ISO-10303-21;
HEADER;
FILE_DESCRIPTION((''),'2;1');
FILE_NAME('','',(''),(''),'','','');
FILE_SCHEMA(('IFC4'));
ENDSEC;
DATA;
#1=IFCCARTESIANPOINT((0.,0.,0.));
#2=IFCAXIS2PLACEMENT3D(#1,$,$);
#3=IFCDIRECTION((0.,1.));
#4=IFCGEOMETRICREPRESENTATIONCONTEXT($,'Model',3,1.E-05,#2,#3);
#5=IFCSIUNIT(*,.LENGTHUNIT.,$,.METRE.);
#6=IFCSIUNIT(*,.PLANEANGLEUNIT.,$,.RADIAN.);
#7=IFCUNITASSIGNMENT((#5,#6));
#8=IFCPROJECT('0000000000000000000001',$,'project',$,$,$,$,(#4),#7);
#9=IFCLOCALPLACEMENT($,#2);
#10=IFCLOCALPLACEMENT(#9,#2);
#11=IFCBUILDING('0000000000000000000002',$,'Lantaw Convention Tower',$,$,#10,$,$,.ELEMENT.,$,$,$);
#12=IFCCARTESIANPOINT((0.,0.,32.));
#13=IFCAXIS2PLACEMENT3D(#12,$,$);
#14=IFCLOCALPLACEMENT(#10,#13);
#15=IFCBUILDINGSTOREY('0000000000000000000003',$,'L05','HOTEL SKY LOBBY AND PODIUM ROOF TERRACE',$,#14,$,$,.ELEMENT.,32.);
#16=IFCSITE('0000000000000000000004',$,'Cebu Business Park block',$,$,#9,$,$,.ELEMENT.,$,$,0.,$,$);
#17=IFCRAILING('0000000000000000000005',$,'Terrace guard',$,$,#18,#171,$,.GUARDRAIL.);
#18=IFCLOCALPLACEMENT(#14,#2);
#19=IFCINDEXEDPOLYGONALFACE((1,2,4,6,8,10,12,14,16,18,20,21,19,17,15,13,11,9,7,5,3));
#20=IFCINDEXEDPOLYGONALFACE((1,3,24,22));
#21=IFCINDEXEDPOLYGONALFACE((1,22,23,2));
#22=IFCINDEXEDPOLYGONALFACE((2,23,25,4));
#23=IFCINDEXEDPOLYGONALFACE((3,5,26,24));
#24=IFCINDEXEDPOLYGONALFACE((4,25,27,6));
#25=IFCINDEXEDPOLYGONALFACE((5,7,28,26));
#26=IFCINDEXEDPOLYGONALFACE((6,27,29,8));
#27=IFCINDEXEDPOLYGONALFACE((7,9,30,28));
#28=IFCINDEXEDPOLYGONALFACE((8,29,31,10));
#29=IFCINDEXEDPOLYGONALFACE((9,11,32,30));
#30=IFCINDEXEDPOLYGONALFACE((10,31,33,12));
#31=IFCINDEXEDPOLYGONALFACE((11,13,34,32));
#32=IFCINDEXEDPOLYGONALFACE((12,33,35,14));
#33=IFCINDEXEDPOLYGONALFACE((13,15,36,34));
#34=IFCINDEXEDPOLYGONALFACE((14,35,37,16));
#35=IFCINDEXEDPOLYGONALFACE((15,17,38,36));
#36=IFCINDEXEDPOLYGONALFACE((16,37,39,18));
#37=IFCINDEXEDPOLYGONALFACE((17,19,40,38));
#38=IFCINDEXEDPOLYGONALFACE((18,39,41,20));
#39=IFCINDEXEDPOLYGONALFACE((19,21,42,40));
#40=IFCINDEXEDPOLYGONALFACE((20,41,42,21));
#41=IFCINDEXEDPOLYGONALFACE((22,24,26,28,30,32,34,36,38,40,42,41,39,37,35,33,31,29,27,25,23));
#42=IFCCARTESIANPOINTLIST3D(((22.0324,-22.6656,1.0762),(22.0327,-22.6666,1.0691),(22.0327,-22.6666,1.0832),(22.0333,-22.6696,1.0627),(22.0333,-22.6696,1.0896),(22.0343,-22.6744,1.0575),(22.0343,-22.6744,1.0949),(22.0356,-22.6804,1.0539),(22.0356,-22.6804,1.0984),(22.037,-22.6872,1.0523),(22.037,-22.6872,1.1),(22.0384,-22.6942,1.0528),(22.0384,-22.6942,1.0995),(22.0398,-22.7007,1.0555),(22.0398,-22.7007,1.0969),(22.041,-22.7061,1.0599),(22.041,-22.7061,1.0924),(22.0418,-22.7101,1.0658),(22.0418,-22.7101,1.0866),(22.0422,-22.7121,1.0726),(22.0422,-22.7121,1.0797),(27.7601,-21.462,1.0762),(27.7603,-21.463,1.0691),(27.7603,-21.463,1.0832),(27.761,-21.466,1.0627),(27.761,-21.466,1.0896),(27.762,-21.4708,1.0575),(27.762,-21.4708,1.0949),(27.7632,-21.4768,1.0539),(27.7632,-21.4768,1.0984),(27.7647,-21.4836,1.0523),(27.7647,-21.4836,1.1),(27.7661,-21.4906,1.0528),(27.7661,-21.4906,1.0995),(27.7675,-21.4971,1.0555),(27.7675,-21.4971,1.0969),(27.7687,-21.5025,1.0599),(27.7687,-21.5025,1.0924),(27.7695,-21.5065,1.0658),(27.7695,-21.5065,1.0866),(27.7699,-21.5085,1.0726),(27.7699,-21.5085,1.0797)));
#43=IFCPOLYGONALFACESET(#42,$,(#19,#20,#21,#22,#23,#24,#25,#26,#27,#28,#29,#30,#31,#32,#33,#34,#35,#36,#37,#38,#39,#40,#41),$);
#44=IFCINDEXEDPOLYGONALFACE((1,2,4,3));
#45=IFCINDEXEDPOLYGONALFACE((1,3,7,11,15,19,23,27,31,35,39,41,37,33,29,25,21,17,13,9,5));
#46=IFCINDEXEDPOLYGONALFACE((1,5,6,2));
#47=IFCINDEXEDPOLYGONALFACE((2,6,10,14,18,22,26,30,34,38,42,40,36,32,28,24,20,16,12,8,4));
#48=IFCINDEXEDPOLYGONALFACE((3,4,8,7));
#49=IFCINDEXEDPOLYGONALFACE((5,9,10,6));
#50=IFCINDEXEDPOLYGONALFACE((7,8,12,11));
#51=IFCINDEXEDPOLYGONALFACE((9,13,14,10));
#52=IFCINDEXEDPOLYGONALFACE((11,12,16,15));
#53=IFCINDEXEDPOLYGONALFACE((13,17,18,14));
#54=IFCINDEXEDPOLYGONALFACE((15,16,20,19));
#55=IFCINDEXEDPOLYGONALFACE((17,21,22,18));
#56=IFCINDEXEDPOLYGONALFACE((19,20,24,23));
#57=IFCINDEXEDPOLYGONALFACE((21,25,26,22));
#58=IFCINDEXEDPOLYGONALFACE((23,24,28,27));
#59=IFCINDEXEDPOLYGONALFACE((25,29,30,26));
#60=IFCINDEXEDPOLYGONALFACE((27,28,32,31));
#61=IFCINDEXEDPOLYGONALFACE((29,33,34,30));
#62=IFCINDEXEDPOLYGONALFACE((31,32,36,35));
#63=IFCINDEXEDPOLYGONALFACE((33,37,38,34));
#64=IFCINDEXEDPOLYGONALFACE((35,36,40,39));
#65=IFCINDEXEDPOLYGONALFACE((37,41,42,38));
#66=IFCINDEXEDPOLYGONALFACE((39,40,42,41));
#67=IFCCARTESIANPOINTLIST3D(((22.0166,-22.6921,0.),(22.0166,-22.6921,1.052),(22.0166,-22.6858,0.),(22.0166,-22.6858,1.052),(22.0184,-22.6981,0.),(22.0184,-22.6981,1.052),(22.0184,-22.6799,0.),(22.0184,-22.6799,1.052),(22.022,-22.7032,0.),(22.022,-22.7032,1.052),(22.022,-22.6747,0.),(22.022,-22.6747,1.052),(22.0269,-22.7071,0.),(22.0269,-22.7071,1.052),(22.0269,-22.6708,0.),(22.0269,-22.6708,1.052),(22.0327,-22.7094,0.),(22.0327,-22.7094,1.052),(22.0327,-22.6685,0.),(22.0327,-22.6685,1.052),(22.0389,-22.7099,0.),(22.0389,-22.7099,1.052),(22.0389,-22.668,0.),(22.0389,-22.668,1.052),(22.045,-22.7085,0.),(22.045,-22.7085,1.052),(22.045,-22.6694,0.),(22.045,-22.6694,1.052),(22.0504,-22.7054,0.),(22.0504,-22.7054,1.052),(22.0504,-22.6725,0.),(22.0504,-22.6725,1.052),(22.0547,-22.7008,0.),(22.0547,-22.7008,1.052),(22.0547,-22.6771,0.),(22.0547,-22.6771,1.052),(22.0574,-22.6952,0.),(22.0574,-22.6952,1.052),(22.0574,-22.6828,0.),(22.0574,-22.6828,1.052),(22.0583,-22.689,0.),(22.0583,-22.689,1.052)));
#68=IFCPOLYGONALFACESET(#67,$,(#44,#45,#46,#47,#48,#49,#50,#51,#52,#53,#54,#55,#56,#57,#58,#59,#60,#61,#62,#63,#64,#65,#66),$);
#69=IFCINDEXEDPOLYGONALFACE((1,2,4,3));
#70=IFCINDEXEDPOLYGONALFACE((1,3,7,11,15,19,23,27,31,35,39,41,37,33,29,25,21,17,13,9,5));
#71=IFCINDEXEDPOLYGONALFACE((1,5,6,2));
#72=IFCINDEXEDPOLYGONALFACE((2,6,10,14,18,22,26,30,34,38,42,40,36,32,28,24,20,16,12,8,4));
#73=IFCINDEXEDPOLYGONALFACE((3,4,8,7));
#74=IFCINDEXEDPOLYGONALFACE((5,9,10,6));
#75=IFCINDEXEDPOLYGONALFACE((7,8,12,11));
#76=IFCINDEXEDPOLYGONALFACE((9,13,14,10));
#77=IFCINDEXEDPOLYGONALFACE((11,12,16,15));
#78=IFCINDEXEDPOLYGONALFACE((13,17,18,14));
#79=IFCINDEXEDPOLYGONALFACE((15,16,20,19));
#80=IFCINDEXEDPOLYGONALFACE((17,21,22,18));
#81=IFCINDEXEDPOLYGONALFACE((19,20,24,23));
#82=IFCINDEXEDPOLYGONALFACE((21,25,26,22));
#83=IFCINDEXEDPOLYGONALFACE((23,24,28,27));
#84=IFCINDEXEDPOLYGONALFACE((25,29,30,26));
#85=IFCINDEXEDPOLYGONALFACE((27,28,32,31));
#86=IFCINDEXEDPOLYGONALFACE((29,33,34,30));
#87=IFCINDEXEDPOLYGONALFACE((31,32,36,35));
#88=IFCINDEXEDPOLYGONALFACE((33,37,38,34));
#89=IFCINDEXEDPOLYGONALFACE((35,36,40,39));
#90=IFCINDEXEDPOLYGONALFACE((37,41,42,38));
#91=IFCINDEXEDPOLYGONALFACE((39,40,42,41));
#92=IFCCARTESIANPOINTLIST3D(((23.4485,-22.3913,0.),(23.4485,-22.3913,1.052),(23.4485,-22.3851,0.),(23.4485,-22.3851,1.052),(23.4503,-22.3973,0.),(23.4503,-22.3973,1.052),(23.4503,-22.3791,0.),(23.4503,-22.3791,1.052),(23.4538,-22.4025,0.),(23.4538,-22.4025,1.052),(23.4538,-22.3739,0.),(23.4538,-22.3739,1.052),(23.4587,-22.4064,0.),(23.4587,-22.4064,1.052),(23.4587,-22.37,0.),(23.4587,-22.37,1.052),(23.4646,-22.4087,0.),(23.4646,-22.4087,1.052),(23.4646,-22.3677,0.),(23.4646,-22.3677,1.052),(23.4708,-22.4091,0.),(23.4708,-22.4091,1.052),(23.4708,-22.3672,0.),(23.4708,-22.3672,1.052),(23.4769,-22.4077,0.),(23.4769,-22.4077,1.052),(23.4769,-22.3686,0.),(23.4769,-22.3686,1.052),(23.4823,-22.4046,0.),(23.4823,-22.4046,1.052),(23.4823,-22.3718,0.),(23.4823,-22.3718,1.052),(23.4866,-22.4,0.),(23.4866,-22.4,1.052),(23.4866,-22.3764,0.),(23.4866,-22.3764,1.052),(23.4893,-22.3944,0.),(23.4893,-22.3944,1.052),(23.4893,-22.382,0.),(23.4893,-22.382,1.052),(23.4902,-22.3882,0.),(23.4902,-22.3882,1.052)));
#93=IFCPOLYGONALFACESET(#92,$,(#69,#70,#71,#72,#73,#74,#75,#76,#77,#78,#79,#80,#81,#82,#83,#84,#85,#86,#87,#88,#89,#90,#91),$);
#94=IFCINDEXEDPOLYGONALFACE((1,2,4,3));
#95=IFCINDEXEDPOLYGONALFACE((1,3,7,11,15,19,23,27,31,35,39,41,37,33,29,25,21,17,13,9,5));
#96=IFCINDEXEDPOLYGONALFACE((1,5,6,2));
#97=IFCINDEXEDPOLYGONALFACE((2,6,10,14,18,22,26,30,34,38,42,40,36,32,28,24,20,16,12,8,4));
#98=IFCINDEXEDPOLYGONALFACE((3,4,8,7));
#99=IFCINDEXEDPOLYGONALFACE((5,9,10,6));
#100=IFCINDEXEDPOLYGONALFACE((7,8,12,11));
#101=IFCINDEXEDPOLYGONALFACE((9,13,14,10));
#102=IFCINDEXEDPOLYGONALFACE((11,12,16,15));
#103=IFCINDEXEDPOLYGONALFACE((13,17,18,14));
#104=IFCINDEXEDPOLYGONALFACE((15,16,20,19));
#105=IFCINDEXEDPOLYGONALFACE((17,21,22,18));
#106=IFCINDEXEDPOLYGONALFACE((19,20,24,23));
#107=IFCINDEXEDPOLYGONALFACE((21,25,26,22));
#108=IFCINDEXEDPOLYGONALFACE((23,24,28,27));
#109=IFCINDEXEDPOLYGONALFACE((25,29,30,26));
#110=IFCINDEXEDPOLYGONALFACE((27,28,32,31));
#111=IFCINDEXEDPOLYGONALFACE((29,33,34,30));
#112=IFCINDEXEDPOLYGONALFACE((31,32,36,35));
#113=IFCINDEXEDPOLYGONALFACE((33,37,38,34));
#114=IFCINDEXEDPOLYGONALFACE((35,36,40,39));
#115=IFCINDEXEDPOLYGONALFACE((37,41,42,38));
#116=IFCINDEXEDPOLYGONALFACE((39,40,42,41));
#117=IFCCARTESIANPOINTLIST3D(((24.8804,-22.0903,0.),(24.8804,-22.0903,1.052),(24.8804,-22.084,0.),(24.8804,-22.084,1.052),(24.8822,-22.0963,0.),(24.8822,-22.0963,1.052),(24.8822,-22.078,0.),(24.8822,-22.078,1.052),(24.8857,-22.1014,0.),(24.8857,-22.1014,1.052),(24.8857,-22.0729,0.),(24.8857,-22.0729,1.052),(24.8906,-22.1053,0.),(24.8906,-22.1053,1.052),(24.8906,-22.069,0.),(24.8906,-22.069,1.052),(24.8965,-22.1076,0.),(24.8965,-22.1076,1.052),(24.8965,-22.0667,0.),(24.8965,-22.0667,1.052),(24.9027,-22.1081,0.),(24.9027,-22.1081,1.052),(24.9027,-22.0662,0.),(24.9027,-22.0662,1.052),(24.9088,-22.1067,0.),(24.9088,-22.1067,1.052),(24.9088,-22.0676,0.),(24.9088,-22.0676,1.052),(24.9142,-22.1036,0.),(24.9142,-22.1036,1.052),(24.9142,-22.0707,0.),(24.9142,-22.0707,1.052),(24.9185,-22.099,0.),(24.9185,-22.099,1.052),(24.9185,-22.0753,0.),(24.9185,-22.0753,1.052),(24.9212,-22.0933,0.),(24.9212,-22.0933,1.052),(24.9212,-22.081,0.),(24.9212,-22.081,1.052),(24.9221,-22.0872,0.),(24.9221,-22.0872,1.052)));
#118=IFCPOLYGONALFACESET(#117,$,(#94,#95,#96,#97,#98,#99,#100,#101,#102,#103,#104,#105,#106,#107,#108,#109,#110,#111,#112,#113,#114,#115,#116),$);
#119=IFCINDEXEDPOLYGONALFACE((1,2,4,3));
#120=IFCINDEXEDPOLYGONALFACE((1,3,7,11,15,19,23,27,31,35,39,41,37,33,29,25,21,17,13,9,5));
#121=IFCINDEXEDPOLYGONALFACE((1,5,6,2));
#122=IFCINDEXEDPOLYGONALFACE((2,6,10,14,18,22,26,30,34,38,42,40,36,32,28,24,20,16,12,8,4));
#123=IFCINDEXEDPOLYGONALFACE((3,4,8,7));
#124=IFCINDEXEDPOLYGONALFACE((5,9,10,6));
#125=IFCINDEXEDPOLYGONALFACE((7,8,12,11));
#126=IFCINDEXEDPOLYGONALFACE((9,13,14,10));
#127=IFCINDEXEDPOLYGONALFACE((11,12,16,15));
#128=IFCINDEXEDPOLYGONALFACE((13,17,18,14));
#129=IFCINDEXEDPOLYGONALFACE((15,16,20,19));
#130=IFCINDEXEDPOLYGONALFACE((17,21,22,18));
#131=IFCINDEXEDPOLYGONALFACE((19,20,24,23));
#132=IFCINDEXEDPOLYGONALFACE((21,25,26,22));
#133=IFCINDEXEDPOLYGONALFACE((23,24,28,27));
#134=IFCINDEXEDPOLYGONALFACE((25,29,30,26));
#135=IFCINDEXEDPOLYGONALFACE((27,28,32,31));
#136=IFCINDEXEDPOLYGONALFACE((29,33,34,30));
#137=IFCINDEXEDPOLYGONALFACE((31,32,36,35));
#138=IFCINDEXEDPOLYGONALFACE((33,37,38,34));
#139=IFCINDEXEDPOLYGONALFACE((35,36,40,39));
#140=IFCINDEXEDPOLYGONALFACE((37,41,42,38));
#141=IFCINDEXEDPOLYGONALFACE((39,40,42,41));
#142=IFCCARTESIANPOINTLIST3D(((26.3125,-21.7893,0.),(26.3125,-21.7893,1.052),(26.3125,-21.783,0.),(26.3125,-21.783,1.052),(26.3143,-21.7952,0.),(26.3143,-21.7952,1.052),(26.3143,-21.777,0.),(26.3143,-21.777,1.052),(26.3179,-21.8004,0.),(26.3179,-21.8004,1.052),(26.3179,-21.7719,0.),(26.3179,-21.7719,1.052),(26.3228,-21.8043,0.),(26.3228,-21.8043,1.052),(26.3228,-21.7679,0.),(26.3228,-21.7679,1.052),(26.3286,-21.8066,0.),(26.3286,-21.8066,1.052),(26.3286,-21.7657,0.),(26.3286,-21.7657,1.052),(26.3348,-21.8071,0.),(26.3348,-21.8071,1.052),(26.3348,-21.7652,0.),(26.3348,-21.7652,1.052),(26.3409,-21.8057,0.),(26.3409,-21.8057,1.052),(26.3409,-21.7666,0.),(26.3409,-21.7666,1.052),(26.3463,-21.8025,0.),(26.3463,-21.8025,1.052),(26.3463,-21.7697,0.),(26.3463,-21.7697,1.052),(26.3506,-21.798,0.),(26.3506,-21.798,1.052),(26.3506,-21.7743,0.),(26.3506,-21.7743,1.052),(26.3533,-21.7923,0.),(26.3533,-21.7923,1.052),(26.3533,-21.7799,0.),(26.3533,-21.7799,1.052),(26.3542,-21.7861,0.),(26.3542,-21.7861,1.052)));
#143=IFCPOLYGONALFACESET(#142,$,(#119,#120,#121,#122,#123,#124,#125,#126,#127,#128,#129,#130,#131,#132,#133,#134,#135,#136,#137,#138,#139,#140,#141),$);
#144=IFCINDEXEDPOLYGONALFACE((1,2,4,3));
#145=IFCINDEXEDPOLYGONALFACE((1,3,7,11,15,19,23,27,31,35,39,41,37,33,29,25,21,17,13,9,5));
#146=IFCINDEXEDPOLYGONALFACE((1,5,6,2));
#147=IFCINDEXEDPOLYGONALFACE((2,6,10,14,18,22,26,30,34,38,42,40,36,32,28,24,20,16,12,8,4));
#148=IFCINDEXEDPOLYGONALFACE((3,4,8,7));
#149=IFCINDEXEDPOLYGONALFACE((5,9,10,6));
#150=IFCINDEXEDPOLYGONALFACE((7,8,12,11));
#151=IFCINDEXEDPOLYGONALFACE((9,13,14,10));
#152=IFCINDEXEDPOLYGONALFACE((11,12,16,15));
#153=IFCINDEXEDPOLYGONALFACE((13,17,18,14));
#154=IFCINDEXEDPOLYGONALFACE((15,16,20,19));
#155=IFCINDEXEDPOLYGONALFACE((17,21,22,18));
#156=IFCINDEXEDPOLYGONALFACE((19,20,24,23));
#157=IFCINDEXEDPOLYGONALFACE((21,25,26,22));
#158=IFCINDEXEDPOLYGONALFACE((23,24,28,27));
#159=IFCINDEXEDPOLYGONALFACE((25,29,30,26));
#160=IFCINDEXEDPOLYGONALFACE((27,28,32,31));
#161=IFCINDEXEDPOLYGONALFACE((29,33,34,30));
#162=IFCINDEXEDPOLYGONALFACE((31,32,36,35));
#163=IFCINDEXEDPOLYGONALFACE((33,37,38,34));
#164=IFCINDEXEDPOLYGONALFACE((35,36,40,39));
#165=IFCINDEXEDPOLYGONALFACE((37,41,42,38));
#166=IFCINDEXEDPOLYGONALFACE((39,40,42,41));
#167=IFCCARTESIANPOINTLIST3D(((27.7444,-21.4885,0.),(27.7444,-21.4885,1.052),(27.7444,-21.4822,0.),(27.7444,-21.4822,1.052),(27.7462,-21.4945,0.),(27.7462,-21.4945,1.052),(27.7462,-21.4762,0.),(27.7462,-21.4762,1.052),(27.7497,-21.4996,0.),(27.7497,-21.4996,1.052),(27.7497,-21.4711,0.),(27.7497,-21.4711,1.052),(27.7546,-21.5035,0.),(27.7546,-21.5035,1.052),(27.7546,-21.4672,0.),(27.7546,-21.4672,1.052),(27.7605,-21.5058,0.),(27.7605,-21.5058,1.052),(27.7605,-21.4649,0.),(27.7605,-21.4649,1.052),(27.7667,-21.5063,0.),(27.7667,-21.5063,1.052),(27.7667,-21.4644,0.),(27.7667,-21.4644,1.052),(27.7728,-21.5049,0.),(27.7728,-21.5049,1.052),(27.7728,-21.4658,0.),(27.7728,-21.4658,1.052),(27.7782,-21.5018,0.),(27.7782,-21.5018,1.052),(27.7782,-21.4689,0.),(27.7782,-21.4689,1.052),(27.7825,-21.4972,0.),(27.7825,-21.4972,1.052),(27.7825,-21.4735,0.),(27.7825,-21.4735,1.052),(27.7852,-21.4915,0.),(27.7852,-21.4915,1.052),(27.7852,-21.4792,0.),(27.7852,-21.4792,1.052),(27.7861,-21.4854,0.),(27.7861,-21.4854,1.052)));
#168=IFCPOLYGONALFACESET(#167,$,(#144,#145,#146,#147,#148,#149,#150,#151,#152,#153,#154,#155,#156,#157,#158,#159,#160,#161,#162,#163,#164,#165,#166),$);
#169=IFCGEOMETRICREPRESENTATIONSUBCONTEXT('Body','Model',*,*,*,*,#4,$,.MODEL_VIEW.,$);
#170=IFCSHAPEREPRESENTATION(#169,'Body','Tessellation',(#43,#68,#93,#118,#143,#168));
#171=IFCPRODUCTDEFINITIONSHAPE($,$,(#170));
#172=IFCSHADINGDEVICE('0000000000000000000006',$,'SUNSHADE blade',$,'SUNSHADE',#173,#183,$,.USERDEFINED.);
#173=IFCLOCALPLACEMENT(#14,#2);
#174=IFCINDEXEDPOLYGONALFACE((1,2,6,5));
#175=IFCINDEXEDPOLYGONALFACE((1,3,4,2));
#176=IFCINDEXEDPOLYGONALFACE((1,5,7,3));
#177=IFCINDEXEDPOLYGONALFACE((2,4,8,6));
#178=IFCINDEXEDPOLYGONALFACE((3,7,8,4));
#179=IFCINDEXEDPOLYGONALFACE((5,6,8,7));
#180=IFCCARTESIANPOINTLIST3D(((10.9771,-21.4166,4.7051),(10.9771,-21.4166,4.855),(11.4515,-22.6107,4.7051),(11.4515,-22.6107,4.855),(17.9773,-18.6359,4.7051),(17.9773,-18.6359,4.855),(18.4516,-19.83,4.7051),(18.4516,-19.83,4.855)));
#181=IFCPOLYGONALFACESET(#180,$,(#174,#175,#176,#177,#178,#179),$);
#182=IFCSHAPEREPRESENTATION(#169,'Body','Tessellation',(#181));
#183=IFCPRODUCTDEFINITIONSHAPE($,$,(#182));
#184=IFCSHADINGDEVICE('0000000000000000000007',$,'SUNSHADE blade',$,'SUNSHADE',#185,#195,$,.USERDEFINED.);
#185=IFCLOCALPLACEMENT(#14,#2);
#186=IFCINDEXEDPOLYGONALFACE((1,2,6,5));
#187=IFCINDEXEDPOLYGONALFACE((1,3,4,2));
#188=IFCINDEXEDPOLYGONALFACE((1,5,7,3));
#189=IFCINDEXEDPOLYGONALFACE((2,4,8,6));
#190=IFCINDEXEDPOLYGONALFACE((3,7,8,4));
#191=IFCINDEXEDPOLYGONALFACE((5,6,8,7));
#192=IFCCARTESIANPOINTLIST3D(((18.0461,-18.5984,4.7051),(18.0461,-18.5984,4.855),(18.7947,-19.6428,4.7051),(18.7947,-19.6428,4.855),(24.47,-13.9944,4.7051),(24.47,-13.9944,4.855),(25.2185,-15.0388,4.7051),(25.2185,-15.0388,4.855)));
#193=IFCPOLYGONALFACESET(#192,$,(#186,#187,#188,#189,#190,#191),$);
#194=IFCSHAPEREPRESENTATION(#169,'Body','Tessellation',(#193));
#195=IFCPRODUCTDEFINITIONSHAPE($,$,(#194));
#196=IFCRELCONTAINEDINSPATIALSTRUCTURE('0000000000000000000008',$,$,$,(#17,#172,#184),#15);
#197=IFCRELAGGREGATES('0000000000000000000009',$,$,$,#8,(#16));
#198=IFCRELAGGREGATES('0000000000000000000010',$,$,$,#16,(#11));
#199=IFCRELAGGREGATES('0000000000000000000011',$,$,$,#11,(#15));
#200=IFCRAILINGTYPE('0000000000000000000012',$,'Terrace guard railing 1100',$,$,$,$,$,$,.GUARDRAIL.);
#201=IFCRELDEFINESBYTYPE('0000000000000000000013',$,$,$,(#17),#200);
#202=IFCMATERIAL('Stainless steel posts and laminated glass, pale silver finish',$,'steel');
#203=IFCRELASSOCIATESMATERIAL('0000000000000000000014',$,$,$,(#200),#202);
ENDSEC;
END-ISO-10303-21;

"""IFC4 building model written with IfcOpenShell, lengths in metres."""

from ifc_helpers import new_model, si_unit, direction, frame, origin, origin_2d, place, context, subcontext, project, spatial, rectangle, circle, extrude, material, type_object, element, save


model = new_model("IFC4")

# Units and contexts
model_context = context("Model", 3, precision=1e-05, world=origin(), true_north=direction((0.0, 1.0)))
body_context = subcontext(model_context, "Body", "Model", "MODEL_VIEW")
ifc_project = project(units=[si_unit("LENGTHUNIT", "METRE"), si_unit("PLANEANGLEUNIT", "RADIAN")], contexts=[model_context])

# Site, building, storey
site_placement = place(None, origin())
site = spatial("IfcSite", under=ifc_project, at=site_placement, Name="Cebu Business Park block", CompositionType="ELEMENT", RefElevation=0.0)
building_placement = place(site_placement, origin())
building = spatial("IfcBuilding", under=site, at=building_placement, Name="Lantaw Convention Tower", CompositionType="ELEMENT")
storey_placement = place(building_placement, frame((0.0, 0.0, 32.0)))
storey = spatial("IfcBuildingStorey", under=building, at=storey_placement, Name="L05", Description="HOTEL SKY LOBBY AND PODIUM ROOF TERRACE", CompositionType="ELEMENT", Elevation=32.0)

# Railing
ifc_material_1 = material(Name="Stainless steel posts and laminated glass, pale silver finish", Category="steel")
railing_type = type_object("IfcRailingType", Name="Terrace guard railing 1100", PredefinedType="GUARDRAIL", material=ifc_material_1)
railing_1_placement = place(storey_placement, frame((22.0374, -22.689, 0.0)))
element("IfcRailing", 1, at=railing_1_placement, inside=storey, type_object=railing_type, Name="Terrace guard", PredefinedType="GUARDRAIL", context=body_context, shape_type="SweptSolid", body=[
    extrude(circle(Radius=0.0239, at=origin_2d()), frame((0.0, 0.0, 1.0762), z_axis=(0.978627, 0.205645, 0.0), x_axis=(-0.205645, 0.978627, 0.0)), (0.0, 0.0, 1.0), 5.8528),
    extrude(circle(Radius=0.021, at=origin_2d()), origin(), (0.0, 0.0, 1.0), 1.052),
    extrude(circle(Radius=0.021, at=origin_2d()), frame((1.4319, 0.3008, 0.0)), (0.0, 0.0, 1.0), 1.052),
    extrude(circle(Radius=0.021, at=origin_2d()), frame((2.8638, 0.6018, 0.0)), (0.0, 0.0, 1.0), 1.052),
    extrude(circle(Radius=0.021, at=origin_2d()), frame((4.2959, 0.9028, 0.0)), (0.0, 0.0, 1.0), 1.052),
    extrude(circle(Radius=0.021, at=origin_2d()), frame((5.7278, 1.2036, 0.0)), (0.0, 0.0, 1.0), 1.052),
])

# Shading devices
shading_device_1_placement = place(storey_placement, frame((14.7144, -20.6233, 4.7051), z_axis=(0.0, 0.0, 1.0), x_axis=(0.929361, 0.369172, 0.0)))
element("IfcShadingDevice", 2, at=shading_device_1_placement, inside=storey, Name="SUNSHADE blade", ObjectType="SUNSHADE", PredefinedType="USERDEFINED", context=body_context, shape_type="SweptSolid", body=[
    extrude(rectangle(XDim=7.5322, YDim=1.2849, at=origin_2d()), origin(), (0.0, 0.0, 1.0), 0.1499),
])
shading_device_2_placement = place(storey_placement, frame((21.6323, -16.8186, 4.7051), z_axis=(0.0, 0.0, 1.0), x_axis=(0.812804, 0.582538, 0.0)))
element("IfcShadingDevice", 3, at=shading_device_2_placement, inside=storey, Name="SUNSHADE blade", ObjectType="SUNSHADE", PredefinedType="USERDEFINED", context=body_context, shape_type="SweptSolid", body=[
    extrude(rectangle(XDim=7.9033, YDim=1.2849, at=origin_2d()), origin(), (0.0, 0.0, 1.0), 0.1499),
])

save(model, "model.ifc")
